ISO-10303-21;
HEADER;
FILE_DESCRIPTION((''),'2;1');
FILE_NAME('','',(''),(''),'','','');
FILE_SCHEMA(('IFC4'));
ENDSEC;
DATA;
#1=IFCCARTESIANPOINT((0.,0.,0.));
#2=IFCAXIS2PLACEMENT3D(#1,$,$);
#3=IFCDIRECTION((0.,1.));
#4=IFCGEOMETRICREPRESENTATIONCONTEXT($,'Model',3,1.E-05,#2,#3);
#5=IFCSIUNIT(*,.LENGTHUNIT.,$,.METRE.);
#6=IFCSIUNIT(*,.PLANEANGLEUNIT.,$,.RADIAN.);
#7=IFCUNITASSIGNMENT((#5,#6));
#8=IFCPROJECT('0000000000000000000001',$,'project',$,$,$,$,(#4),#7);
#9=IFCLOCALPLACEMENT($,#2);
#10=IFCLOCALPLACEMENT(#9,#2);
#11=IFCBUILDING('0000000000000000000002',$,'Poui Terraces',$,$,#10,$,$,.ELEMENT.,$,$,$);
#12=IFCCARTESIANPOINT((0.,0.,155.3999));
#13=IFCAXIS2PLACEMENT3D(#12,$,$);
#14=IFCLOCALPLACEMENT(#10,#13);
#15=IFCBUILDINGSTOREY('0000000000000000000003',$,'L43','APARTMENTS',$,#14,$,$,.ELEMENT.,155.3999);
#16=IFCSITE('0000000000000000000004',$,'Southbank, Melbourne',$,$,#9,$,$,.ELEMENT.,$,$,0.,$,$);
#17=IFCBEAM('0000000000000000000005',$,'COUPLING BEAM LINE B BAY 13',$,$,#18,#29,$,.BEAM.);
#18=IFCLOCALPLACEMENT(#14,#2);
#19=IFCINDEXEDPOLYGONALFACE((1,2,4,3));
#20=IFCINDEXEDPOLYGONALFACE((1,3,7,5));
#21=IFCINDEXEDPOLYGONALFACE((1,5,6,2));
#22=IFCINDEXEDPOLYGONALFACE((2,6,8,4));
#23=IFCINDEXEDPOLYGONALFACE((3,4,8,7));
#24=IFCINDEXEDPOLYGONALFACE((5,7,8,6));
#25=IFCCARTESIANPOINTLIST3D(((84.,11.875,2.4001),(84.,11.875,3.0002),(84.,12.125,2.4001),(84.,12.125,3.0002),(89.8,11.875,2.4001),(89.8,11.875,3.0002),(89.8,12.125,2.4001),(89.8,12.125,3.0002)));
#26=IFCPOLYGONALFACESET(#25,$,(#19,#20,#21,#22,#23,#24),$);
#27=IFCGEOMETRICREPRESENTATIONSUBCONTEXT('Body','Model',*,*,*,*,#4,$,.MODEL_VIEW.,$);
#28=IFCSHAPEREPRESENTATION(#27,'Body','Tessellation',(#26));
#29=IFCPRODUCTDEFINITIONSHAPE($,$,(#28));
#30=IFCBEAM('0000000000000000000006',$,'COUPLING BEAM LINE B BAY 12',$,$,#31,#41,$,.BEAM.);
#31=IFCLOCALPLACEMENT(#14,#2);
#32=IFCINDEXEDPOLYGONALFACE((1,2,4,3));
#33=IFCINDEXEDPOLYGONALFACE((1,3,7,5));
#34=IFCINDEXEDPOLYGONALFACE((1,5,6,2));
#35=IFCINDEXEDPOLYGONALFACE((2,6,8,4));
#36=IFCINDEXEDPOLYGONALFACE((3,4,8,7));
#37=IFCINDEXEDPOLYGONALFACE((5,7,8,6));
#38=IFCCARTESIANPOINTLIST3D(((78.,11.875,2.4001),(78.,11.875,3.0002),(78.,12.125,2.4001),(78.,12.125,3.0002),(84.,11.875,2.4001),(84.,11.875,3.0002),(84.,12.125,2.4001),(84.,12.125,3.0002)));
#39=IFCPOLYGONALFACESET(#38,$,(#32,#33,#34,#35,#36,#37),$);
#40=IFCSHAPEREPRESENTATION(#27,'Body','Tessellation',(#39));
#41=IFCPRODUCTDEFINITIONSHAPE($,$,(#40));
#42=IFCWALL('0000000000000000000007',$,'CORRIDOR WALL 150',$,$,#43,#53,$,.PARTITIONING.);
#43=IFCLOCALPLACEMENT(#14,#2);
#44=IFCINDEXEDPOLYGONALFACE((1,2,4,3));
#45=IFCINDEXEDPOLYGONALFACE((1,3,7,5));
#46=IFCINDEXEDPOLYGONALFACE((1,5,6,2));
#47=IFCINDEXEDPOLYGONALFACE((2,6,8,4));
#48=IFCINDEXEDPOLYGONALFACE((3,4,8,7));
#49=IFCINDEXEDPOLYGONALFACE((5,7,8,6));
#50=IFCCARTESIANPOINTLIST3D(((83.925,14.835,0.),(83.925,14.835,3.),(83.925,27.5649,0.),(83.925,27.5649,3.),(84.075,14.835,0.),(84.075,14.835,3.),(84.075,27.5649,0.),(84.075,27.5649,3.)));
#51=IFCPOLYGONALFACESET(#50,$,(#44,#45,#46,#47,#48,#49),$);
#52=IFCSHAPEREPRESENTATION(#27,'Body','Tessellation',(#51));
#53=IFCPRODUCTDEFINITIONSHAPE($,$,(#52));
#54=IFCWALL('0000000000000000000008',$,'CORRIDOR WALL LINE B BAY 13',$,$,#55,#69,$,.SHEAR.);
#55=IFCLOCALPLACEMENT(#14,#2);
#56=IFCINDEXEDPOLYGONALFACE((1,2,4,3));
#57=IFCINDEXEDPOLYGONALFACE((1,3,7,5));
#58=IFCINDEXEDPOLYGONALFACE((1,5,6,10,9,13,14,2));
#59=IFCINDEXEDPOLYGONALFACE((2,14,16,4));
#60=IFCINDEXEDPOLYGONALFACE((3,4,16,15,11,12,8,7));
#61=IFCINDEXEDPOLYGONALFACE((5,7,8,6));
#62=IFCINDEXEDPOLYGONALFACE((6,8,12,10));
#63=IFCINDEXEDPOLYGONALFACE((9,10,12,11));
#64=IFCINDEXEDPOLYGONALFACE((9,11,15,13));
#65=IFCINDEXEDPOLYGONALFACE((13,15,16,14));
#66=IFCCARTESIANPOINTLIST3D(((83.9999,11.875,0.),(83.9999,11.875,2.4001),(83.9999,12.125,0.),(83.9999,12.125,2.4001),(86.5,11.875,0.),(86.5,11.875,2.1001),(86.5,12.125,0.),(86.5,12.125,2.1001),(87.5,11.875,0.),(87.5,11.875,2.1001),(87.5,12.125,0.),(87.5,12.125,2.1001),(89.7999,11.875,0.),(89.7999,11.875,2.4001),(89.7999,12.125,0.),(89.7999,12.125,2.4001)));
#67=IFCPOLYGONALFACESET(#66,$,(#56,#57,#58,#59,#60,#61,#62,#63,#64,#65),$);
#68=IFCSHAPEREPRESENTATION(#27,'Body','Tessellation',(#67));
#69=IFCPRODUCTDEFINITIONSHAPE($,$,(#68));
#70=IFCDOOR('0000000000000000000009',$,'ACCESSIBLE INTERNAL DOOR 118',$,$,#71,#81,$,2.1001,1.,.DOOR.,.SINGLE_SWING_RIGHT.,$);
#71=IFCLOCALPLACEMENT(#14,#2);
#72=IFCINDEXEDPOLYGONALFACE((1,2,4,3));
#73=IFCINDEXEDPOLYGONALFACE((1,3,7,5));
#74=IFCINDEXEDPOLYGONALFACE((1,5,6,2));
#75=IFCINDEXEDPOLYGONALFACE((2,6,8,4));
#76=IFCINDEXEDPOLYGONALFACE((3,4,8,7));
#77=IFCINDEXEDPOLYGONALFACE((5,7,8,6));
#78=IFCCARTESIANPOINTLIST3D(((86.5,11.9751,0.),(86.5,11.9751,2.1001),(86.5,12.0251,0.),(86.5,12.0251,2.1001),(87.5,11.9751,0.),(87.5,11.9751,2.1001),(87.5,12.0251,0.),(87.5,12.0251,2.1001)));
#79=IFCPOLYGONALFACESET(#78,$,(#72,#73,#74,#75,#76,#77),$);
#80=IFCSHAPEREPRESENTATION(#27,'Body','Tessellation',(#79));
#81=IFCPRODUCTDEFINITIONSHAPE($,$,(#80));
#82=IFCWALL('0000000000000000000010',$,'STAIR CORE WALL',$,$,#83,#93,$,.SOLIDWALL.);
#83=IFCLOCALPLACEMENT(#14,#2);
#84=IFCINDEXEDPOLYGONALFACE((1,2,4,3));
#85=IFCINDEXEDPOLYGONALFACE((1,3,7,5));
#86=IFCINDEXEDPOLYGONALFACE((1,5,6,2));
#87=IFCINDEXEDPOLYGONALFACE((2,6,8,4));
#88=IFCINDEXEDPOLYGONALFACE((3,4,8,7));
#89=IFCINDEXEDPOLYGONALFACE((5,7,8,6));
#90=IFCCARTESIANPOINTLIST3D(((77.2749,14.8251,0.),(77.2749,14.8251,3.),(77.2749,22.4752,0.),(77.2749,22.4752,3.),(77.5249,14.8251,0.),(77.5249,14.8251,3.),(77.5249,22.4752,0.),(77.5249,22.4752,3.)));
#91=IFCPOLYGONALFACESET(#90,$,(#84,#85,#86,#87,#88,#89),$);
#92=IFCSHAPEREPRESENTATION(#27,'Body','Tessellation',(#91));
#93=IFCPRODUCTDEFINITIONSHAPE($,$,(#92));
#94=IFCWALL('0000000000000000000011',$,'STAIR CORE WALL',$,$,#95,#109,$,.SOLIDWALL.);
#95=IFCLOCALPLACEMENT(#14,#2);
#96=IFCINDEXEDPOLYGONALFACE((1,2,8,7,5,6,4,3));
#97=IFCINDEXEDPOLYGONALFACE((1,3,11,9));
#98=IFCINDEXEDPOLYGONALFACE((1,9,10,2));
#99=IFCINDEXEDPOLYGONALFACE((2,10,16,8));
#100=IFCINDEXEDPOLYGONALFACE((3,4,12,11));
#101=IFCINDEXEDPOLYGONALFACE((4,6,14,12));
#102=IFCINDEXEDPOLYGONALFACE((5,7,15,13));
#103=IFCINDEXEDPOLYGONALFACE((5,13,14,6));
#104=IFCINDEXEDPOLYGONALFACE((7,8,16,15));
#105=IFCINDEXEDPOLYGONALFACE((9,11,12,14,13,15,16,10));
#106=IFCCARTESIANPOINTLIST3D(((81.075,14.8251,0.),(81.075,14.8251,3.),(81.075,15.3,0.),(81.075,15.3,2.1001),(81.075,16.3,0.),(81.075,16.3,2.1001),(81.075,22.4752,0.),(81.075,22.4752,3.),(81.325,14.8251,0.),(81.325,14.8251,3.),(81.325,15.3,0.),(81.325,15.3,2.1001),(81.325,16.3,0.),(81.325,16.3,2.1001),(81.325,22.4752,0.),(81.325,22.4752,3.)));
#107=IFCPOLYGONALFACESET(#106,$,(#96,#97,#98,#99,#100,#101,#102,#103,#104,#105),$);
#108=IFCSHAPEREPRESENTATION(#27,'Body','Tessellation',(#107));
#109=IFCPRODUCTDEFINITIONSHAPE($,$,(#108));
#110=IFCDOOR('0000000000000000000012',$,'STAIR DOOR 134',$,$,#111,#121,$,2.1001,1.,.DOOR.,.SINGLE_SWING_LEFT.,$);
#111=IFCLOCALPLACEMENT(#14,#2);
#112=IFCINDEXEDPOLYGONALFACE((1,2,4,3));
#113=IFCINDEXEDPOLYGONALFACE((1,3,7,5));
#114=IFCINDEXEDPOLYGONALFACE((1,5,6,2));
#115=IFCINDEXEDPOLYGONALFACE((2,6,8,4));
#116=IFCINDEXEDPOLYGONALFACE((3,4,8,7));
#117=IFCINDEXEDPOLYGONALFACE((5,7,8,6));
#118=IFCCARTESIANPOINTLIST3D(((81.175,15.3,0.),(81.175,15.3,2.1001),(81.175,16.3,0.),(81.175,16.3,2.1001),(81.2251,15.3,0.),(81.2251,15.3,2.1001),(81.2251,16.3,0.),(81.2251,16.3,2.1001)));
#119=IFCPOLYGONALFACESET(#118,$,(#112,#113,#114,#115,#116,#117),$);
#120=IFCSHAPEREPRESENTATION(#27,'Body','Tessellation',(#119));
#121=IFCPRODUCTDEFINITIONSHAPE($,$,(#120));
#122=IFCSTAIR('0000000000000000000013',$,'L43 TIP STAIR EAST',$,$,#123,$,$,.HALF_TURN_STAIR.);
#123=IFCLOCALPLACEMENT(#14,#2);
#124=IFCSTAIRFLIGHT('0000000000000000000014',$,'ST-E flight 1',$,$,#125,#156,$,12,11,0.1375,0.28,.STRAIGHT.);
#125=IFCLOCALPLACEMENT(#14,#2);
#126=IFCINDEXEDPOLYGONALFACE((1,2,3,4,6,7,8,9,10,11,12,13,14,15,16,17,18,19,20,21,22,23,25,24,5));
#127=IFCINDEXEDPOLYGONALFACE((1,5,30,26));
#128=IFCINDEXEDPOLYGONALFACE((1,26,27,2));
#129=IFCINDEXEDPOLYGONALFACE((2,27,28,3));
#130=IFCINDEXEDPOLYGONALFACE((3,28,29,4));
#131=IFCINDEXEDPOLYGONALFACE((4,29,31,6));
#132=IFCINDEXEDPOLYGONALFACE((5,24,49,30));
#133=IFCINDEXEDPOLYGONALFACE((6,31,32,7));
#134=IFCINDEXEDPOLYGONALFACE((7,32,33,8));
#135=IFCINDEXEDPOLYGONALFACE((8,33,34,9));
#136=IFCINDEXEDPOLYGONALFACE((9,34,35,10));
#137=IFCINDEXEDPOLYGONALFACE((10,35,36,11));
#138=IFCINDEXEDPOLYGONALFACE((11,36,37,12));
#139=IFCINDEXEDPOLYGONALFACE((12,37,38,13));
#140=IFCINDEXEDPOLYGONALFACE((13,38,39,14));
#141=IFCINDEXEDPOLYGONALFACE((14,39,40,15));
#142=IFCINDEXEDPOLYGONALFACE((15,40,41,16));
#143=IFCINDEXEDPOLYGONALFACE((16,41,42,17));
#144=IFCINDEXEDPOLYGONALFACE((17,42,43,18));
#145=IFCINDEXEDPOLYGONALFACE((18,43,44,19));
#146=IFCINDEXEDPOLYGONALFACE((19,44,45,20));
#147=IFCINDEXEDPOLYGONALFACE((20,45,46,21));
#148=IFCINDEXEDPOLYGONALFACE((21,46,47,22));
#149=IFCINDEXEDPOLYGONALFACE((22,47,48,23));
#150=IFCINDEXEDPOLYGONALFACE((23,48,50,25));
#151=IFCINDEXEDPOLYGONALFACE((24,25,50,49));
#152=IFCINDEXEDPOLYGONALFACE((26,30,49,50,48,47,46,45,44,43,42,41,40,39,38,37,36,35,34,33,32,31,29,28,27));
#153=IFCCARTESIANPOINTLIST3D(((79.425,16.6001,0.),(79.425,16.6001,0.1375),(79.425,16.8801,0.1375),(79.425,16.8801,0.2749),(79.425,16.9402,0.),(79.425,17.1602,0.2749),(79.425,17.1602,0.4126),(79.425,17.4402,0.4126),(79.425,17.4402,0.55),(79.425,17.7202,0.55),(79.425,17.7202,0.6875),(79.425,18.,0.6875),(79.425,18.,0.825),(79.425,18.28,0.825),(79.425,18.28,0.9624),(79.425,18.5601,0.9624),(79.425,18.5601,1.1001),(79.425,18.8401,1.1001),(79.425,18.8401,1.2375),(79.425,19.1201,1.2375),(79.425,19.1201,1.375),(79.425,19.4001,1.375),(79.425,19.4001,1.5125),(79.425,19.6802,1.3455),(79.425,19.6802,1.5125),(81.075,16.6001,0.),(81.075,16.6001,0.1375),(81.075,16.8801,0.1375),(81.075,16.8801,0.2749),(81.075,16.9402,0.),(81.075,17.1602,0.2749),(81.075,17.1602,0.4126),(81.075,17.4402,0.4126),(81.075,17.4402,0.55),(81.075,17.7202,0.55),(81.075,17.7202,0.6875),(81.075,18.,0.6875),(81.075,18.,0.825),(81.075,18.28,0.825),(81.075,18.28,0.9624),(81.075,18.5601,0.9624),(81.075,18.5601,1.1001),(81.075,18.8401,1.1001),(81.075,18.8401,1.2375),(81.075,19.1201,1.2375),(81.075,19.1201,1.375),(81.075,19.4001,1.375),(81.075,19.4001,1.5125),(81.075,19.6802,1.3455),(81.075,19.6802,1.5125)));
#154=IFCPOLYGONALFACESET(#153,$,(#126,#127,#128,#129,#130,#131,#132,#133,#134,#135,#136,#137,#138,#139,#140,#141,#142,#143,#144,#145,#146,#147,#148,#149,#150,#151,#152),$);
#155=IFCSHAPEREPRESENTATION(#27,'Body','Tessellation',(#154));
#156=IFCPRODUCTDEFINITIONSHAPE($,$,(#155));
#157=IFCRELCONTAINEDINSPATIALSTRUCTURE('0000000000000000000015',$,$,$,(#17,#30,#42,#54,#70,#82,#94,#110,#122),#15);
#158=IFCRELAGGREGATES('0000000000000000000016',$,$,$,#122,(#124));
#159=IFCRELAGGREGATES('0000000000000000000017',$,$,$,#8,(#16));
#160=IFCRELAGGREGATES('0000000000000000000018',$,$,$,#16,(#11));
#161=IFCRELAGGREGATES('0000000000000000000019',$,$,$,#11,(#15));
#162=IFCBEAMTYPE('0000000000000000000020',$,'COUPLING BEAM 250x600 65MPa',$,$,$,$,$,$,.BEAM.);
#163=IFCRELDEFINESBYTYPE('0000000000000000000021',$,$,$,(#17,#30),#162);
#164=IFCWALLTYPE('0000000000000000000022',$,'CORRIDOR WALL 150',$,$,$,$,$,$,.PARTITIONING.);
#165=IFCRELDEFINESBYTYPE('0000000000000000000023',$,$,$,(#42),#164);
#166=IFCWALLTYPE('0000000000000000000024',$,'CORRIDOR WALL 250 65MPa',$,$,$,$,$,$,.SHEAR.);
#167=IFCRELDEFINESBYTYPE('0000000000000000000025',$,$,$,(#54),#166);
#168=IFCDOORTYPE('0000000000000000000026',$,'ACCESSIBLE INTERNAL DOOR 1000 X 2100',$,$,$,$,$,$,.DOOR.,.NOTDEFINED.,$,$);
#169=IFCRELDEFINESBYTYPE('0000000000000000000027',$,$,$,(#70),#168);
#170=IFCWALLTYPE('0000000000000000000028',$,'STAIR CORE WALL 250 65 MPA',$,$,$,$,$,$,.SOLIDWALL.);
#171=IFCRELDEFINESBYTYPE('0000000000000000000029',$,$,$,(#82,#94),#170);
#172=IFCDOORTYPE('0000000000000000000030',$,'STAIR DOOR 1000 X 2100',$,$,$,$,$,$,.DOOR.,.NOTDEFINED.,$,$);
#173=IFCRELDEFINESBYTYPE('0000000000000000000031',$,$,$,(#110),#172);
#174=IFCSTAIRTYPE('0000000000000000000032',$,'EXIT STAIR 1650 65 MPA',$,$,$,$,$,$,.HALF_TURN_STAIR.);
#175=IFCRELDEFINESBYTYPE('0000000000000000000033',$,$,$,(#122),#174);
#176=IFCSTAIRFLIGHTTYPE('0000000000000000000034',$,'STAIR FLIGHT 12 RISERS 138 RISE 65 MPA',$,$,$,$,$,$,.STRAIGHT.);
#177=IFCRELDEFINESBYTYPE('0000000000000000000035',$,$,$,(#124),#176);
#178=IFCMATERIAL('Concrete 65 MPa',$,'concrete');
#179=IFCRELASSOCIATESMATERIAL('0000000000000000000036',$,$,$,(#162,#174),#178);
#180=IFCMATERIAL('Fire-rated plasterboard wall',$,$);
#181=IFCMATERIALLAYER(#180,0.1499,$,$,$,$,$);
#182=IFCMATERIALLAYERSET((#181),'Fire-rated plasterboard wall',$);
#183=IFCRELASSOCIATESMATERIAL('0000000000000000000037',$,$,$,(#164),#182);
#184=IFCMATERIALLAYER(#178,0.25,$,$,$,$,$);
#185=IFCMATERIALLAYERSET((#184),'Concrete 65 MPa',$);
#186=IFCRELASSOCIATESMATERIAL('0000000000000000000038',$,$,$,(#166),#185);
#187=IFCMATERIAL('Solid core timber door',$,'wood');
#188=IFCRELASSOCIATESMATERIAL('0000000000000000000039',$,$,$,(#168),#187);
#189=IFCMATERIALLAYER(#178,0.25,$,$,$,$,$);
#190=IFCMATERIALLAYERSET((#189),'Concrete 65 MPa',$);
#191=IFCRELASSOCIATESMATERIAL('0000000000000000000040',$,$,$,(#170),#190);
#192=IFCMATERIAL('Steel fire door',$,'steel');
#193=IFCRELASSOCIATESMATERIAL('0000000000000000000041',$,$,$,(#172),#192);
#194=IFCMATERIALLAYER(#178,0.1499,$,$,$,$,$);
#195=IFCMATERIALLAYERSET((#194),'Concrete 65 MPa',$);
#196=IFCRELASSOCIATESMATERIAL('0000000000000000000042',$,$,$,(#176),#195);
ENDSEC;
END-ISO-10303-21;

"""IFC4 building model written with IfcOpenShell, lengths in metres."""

from ifc_helpers import new_model, si_unit, direction, frame, frame_2d, origin, origin_2d, place, context, subcontext, project, spatial, polyline, rectangle, outline, extrude, source, transform, mapped, material, layer, layer_set, material_profile, profile_set, type_object, element, fill, aggregate, save


model = new_model("IFC4")

# Units and contexts
model_context = context("Model", 3, precision=1e-05, world=origin(), true_north=direction((0.0, 1.0)))
body_context = subcontext(model_context, "Body", "Model", "MODEL_VIEW")
ifc_project = project(units=[si_unit("LENGTHUNIT", "METRE"), si_unit("PLANEANGLEUNIT", "RADIAN")], contexts=[model_context])

# Site, building, storey
site_placement = place(None, origin())
site = spatial("IfcSite", under=ifc_project, at=site_placement, Name="Southbank, Melbourne", CompositionType="ELEMENT", RefElevation=0.0)
building_placement = place(site_placement, origin())
building = spatial("IfcBuilding", under=site, at=building_placement, Name="Poui Terraces", CompositionType="ELEMENT")
storey_placement = place(building_placement, frame((0.0, 0.0, 155.3999)))
storey = spatial("IfcBuildingStorey", under=building, at=storey_placement, Name="L43", Description="APARTMENTS", CompositionType="ELEMENT", Elevation=155.3999)

# Beams
ifc_material_1 = material(Name="Concrete 65 MPa", Category="concrete")
ifc_material_profile = material_profile(ifc_material_1, rectangle(XDim=0.25, YDim=0.6001, at=origin_2d()), Name="RC 250x600")
ifc_profile_set = profile_set([ifc_material_profile], Name="Concrete 65 MPa")
beam_type = type_object("IfcBeamType", Name="COUPLING BEAM 250x600 65MPa", PredefinedType="BEAM", material=ifc_profile_set)
shared_shape_1 = source(origin(), body_context, "Body", "SweptSolid", [
    extrude(rectangle(XDim=0.25, YDim=0.6001, at=origin_2d()), origin(), (0.0, 0.0, 1.0), 5.8),
])
beam_1_placement = place(storey_placement, frame((84.0, 12.0, 2.7002), z_axis=(1.0, 0.0, 0.0), x_axis=(0.0, 1.0, 0.0)))
element("IfcBeam", 1, at=beam_1_placement, inside=storey, type_object=beam_type, Name="COUPLING BEAM LINE B BAY 13", PredefinedType="BEAM", context=body_context, shape_type="MappedRepresentation", body=[
    mapped(shared_shape_1, transform((0.0, 0.0, 0.0))),
])
shared_shape_2 = source(origin(), body_context, "Body", "SweptSolid", [
    extrude(rectangle(XDim=0.25, YDim=0.6001, at=origin_2d()), origin(), (0.0, 0.0, 1.0), 6.0),
])
beam_2_placement = place(storey_placement, frame((78.0, 12.0, 2.7002), z_axis=(1.0, 0.0, 0.0), x_axis=(0.0, 1.0, 0.0)))
element("IfcBeam", 2, at=beam_2_placement, inside=storey, type_object=beam_type, Name="COUPLING BEAM LINE B BAY 12", PredefinedType="BEAM", context=body_context, shape_type="MappedRepresentation", body=[
    mapped(shared_shape_2, transform((0.0, 0.0, 0.0))),
])

# Wall
ifc_material_2 = material(Name="Fire-rated plasterboard wall")
ifc_layer_1 = layer(ifc_material_2, 0.1499)
ifc_layer_set_1 = layer_set([ifc_layer_1], Name="Fire-rated plasterboard wall")
wall_type_1 = type_object("IfcWallType", Name="CORRIDOR WALL 150", PredefinedType="PARTITIONING", material=ifc_layer_set_1)
wall_1_placement = place(storey_placement, frame((84.0, 14.835, 0.0), z_axis=(0.0, 0.0, 1.0), x_axis=(0.0, 1.0, 0.0)))
element("IfcWall", 3, at=wall_1_placement, inside=storey, type_object=wall_type_1, Name="CORRIDOR WALL 150", PredefinedType="PARTITIONING", context=body_context, shape_type="SweptSolid", body=[
    extrude(rectangle(XDim=12.73, YDim=0.1499, at=frame_2d((6.365, 0.0))), origin(), (0.0, 0.0, 1.0), 3.0),
])

# Wall, opening, door
ifc_layer_2 = layer(ifc_material_1, 0.25)
ifc_layer_set_2 = layer_set([ifc_layer_2], Name="Concrete 65 MPa")
wall_type_2 = type_object("IfcWallType", Name="CORRIDOR WALL 250 65MPa", PredefinedType="SHEAR", material=ifc_layer_set_2)
wall_2_placement = place(storey_placement, frame((84.0, 12.0, 0.0), z_axis=(0.0, 0.0, 1.0), x_axis=(1.0, 0.0, 0.0)))
wall_2 = element("IfcWall", 4, at=wall_2_placement, inside=storey, type_object=wall_type_2, Name="CORRIDOR WALL LINE B BAY 13", PredefinedType="SHEAR", context=body_context, shape_type="SweptSolid", body=[
    extrude(rectangle(XDim=5.8, YDim=0.25, at=frame_2d((2.8999, 0.0))), origin(), (0.0, 0.0, 1.0), 2.4001),
])
opening_1_placement = place(wall_2_placement, frame((2.5, 0.0, 0.0)))
opening_1 = element("IfcOpeningElement", 5, at=opening_1_placement, cuts=wall_2, PredefinedType="OPENING", context=body_context, shape_type="SweptSolid", body=[
    extrude(rectangle(XDim=1.0, YDim=2.1001, at=frame_2d((0.5, 1.05))), frame((0.0, 0.135, 0.0), z_axis=(0.0, -1.0, 0.0), x_axis=(1.0, 0.0, 0.0)), (0.0, 0.0, 1.0), 0.27),
])
ifc_material_3 = material(Name="Solid core timber door", Category="wood")
door_type_1 = type_object("IfcDoorType", Name="ACCESSIBLE INTERNAL DOOR 1000 X 2100", OperationType="NOTDEFINED", PredefinedType="DOOR", material=ifc_material_3)
door_1_placement = place(opening_1_placement, frame((1.0, 0.0, 0.0), z_axis=(0.0, 0.0, 1.0), x_axis=(-1.0, 0.0, 0.0)))
door_1 = element("IfcDoor", 6, at=door_1_placement, inside=storey, type_object=door_type_1, Name="ACCESSIBLE INTERNAL DOOR 118", OperationType="SINGLE_SWING_RIGHT", OverallHeight=2.1001, OverallWidth=1.0, PredefinedType="DOOR", context=body_context, shape_type="SweptSolid", body=[
    extrude(rectangle(XDim=1.0, YDim=2.1001, at=frame_2d((0.5, 1.05))), frame((0.0, 0.0249, 0.0), z_axis=(0.0, -1.0, 0.0), x_axis=(1.0, 0.0, 0.0)), (0.0, 0.0, 1.0), 0.05),
])
fill(opening_1, door_1)

# Wall
ifc_layer_3 = layer(ifc_material_1, 0.25)
ifc_layer_set_3 = layer_set([ifc_layer_3], Name="Concrete 65 MPa")
wall_type_3 = type_object("IfcWallType", Name="STAIR CORE WALL 250 65 MPA", PredefinedType="SOLIDWALL", material=ifc_layer_set_3)
wall_3_placement = place(storey_placement, frame((77.3999, 14.825, 0.0), z_axis=(0.0, 0.0, 1.0), x_axis=(0.0, 1.0, 0.0)))
element("IfcWall", 7, at=wall_3_placement, inside=storey, type_object=wall_type_3, Name="STAIR CORE WALL", PredefinedType="SOLIDWALL", context=body_context, shape_type="SweptSolid", body=[
    extrude(rectangle(XDim=7.6501, YDim=0.25, at=frame_2d((3.8252, 0.0))), origin(), (0.0, 0.0, 1.0), 3.0),
])

# Wall, opening, door
wall_4_placement = place(storey_placement, frame((81.2, 14.825, 0.0), z_axis=(0.0, 0.0, 1.0), x_axis=(0.0, 1.0, 0.0)))
wall_4 = element("IfcWall", 8, at=wall_4_placement, inside=storey, type_object=wall_type_3, Name="STAIR CORE WALL", PredefinedType="SOLIDWALL", context=body_context, shape_type="SweptSolid", body=[
    extrude(rectangle(XDim=7.6501, YDim=0.25, at=frame_2d((3.8252, 0.0))), origin(), (0.0, 0.0, 1.0), 3.0),
])
opening_2_placement = place(wall_4_placement, frame((0.4751, 0.0, 0.0)))
opening_2 = element("IfcOpeningElement", 9, at=opening_2_placement, cuts=wall_4, PredefinedType="OPENING", context=body_context, shape_type="SweptSolid", body=[
    extrude(rectangle(XDim=1.0, YDim=2.1001, at=frame_2d((0.5, 1.05))), frame((0.0, 0.135, 0.0), z_axis=(0.0, -1.0, 0.0), x_axis=(1.0, 0.0, 0.0)), (0.0, 0.0, 1.0), 0.27),
])
ifc_material_4 = material(Name="Steel fire door", Category="steel")
door_type_2 = type_object("IfcDoorType", Name="STAIR DOOR 1000 X 2100", OperationType="NOTDEFINED", PredefinedType="DOOR", material=ifc_material_4)
door_2_placement = place(opening_2_placement, origin())
door_2 = element("IfcDoor", 10, at=door_2_placement, inside=storey, type_object=door_type_2, Name="STAIR DOOR 134", OperationType="SINGLE_SWING_LEFT", OverallHeight=2.1001, OverallWidth=1.0, PredefinedType="DOOR", context=body_context, shape_type="SweptSolid", body=[
    extrude(rectangle(XDim=1.0, YDim=2.1001, at=frame_2d((0.5, 1.05))), frame((0.0, 0.0249, 0.0), z_axis=(0.0, -1.0, 0.0), x_axis=(1.0, 0.0, 0.0)), (0.0, 0.0, 1.0), 0.05),
])
fill(opening_2, door_2)

# Stair, stair flight
stair_type = type_object("IfcStairType", Name="EXIT STAIR 1650 65 MPA", PredefinedType="HALF_TURN_STAIR", material=ifc_material_1)
stair_placement = place(storey_placement, origin())
stair = element("IfcStair", 11, at=stair_placement, inside=storey, type_object=stair_type, Name="L43 TIP STAIR EAST", PredefinedType="HALF_TURN_STAIR")
ifc_layer_4 = layer(ifc_material_1, 0.1499)
ifc_layer_set_4 = layer_set([ifc_layer_4], Name="Concrete 65 MPa")
stair_flight_type = type_object("IfcStairFlightType", Name="STAIR FLIGHT 12 RISERS 138 RISE 65 MPA", PredefinedType="STRAIGHT", material=ifc_layer_set_4)
stair_flight_1_placement = place(storey_placement, frame((80.25, 16.6001, 0.0), z_axis=(0.0, 0.0, 1.0), x_axis=(0.0, 1.0, 0.0)))
stair_flight_1 = element("IfcStairFlight", 12, at=stair_flight_1_placement, type_object=stair_flight_type, Name="ST-E flight 1", NumberOfRisers=12, NumberOfTreads=11, PredefinedType="STRAIGHT", RiserHeight=0.1375, TreadLength=0.28, context=body_context, shape_type="SweptSolid", body=[
    extrude(outline(polyline([(0.0, 0.0), (0.0, 0.1375), (0.28, 0.1375), (0.28, 0.2749), (0.5601, 0.2749), (0.5601, 0.4126), (0.8401, 0.4126), (0.8401, 0.55), (1.1201, 0.55), (1.1201, 0.6875), (1.3999, 0.6875), (1.3999, 0.825), (1.6799, 0.825), (1.6799, 0.9624), (1.96, 0.9624), (1.96, 1.1001), (2.24, 1.1001), (2.24, 1.2375), (2.52, 1.2375), (2.52, 1.375), (2.8, 1.375), (2.8, 1.5125), (3.0801, 1.5125), (3.0801, 1.6499), (3.0801, 1.3455), (0.3401, 0.0), (0.0, 0.0)])), frame((0.0, 0.825, 0.0), z_axis=(0.0, -1.0, 0.0), x_axis=(1.0, 0.0, 0.0)), (0.0, 0.0, 1.0), 1.6499),
])
aggregate(stair, [stair_flight_1])

save(model, "model.ifc")
